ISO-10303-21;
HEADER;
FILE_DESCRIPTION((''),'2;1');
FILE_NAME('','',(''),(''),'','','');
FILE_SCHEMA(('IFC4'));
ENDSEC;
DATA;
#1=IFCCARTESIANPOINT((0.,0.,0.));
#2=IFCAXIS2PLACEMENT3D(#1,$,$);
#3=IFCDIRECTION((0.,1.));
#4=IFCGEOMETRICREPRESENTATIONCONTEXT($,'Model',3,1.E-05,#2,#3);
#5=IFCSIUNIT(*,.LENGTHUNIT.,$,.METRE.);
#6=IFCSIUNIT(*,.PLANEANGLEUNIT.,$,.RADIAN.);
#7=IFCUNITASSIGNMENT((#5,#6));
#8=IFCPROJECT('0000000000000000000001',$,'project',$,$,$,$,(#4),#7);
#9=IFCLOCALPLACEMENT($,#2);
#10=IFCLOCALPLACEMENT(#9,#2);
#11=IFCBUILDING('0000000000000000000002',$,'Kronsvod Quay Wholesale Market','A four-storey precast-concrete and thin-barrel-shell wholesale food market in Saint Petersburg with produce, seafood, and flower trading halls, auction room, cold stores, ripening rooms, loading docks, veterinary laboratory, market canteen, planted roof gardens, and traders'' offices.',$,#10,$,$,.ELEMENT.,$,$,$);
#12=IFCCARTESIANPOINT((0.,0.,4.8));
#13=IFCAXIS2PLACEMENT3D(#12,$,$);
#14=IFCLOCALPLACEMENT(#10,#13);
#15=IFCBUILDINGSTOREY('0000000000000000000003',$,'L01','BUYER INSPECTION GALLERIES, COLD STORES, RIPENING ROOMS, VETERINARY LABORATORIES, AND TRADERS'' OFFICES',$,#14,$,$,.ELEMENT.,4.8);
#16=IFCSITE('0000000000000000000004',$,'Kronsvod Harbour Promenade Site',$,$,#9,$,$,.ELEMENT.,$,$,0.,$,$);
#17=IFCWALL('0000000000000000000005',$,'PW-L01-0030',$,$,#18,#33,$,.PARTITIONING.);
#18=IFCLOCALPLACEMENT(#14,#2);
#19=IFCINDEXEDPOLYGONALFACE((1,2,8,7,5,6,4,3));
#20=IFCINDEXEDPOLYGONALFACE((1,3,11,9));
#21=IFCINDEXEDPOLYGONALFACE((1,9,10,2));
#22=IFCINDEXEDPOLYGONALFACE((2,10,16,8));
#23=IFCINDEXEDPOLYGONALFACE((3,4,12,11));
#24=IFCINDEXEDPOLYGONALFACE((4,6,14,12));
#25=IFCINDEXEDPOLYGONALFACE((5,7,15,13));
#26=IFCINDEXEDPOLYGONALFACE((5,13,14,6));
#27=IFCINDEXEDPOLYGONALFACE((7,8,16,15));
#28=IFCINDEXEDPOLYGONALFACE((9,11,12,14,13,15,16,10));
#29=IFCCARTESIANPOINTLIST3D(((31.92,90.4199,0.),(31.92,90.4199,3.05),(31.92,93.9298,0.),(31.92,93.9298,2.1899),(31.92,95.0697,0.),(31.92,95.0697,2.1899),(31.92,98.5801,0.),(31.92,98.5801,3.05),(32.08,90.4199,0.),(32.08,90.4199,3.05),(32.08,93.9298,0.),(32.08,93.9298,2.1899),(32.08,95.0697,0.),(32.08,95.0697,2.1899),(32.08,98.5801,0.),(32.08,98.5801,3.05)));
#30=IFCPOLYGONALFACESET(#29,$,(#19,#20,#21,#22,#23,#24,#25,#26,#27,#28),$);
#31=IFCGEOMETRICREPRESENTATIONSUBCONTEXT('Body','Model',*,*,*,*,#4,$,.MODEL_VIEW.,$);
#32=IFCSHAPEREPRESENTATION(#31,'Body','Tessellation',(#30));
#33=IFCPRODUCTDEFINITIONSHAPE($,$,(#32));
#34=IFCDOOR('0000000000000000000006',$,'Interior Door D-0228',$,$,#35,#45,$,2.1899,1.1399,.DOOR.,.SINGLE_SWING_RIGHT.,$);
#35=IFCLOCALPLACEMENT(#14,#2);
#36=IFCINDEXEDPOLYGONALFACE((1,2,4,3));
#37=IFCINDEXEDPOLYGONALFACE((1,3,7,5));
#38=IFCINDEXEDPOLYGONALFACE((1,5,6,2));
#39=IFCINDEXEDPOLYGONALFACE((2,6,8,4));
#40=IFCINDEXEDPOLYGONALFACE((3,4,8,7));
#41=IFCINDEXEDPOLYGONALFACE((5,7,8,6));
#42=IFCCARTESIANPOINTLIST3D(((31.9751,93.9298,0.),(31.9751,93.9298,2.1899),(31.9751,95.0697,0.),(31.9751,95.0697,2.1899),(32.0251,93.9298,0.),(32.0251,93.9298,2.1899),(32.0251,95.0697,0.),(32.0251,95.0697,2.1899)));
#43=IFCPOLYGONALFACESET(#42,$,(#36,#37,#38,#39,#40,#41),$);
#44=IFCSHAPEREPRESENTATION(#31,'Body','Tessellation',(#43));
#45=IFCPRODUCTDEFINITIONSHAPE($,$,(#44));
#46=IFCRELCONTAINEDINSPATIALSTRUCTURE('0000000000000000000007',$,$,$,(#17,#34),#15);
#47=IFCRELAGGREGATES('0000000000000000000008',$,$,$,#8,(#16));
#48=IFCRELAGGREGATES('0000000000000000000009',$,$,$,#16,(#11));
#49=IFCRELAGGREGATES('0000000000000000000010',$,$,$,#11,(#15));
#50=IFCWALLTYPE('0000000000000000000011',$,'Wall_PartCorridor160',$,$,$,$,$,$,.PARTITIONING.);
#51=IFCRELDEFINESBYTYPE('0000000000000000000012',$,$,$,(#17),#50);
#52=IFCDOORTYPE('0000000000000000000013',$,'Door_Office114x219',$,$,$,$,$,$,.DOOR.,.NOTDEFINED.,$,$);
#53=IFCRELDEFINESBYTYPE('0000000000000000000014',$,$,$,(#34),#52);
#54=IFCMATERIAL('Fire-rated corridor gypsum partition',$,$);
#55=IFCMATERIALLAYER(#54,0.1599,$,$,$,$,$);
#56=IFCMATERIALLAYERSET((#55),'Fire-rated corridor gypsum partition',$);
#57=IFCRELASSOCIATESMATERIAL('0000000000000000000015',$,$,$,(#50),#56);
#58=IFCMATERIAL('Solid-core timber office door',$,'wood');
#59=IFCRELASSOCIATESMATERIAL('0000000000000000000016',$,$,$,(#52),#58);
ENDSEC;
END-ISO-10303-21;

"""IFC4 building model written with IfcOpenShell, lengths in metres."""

from ifc_helpers import new_model, si_unit, direction, frame, frame_2d, origin, place, context, subcontext, project, spatial, rectangle, extrude, material, layer, layer_set, type_object, element, fill, save


model = new_model("IFC4")

# Units and contexts
model_context = context("Model", 3, precision=1e-05, world=origin(), true_north=direction((0.0, 1.0)))
body_context = subcontext(model_context, "Body", "Model", "MODEL_VIEW")
ifc_project = project(units=[si_unit("LENGTHUNIT", "METRE"), si_unit("PLANEANGLEUNIT", "RADIAN")], contexts=[model_context])

# Site, building, storey
site_placement = place(None, origin())
site = spatial("IfcSite", under=ifc_project, at=site_placement, Name="Kronsvod Harbour Promenade Site", CompositionType="ELEMENT", RefElevation=0.0)
building_placement = place(site_placement, origin())
building = spatial("IfcBuilding", under=site, at=building_placement, Name="Kronsvod Quay Wholesale Market", Description="A four-storey precast-concrete and thin-barrel-shell wholesale food market in Saint Petersburg with produce, seafood, and flower trading halls, auction room, cold stores, ripening rooms, loading docks, veterinary laboratory, market canteen, planted roof gardens, and traders' offices.", CompositionType="ELEMENT")
storey_placement = place(building_placement, frame((0.0, 0.0, 4.8)))
storey = spatial("IfcBuildingStorey", under=building, at=storey_placement, Name="L01", Description="BUYER INSPECTION GALLERIES, COLD STORES, RIPENING ROOMS, VETERINARY LABORATORIES, AND TRADERS' OFFICES", CompositionType="ELEMENT", Elevation=4.8)

# Wall, opening, door
ifc_material_1 = material(Name="Fire-rated corridor gypsum partition")
ifc_layer_1 = layer(ifc_material_1, 0.1599)
ifc_layer_set_1 = layer_set([ifc_layer_1], Name="Fire-rated corridor gypsum partition")
wall_type_1 = type_object("IfcWallType", Name="Wall_PartCorridor160", PredefinedType="PARTITIONING", material=ifc_layer_set_1)
wall_1_placement = place(storey_placement, frame((32.0, 90.4199, 0.0), z_axis=(0.0, 0.0, 1.0), x_axis=(0.0, 1.0, 0.0)))
wall_1 = element("IfcWall", 1, at=wall_1_placement, inside=storey, type_object=wall_type_1, Name="PW-L01-0030", PredefinedType="PARTITIONING", context=body_context, shape_type="SweptSolid", body=[
    extrude(rectangle(XDim=8.1602, YDim=0.1599, at=frame_2d((4.0801, 0.0))), origin(), (0.0, 0.0, 1.0), 3.05),
])
opening_1_placement = place(wall_1_placement, frame((3.51, 0.0, 0.0)))
opening_1 = element("IfcOpeningElement", 2, at=opening_1_placement, cuts=wall_1, PredefinedType="OPENING", context=body_context, shape_type="SweptSolid", body=[
    extrude(rectangle(XDim=1.1399, YDim=2.1899, at=frame_2d((0.5698, 1.095))), frame((0.0, 0.0898, 0.0), z_axis=(0.0, -1.0, 0.0), x_axis=(1.0, 0.0, 0.0)), (0.0, 0.0, 1.0), 0.1799),
])
ifc_material_2 = material(Name="Solid-core timber office door", Category="wood")
door_type_1 = type_object("IfcDoorType", Name="Door_Office114x219", OperationType="NOTDEFINED", PredefinedType="DOOR", material=ifc_material_2)
door_1_placement = place(opening_1_placement, origin())
door_1 = element("IfcDoor", 3, at=door_1_placement, inside=storey, type_object=door_type_1, Name="Interior Door D-0228", OperationType="SINGLE_SWING_RIGHT", OverallHeight=2.1899, OverallWidth=1.1399, PredefinedType="DOOR", context=body_context, shape_type="SweptSolid", body=[
    extrude(rectangle(XDim=1.1399, YDim=2.1899, at=frame_2d((0.5698, 1.095))), frame((0.0, 0.0249, 0.0), z_axis=(0.0, -1.0, 0.0), x_axis=(1.0, 0.0, 0.0)), (0.0, 0.0, 1.0), 0.05),
])
fill(opening_1, door_1)

save(model, "model.ifc")
